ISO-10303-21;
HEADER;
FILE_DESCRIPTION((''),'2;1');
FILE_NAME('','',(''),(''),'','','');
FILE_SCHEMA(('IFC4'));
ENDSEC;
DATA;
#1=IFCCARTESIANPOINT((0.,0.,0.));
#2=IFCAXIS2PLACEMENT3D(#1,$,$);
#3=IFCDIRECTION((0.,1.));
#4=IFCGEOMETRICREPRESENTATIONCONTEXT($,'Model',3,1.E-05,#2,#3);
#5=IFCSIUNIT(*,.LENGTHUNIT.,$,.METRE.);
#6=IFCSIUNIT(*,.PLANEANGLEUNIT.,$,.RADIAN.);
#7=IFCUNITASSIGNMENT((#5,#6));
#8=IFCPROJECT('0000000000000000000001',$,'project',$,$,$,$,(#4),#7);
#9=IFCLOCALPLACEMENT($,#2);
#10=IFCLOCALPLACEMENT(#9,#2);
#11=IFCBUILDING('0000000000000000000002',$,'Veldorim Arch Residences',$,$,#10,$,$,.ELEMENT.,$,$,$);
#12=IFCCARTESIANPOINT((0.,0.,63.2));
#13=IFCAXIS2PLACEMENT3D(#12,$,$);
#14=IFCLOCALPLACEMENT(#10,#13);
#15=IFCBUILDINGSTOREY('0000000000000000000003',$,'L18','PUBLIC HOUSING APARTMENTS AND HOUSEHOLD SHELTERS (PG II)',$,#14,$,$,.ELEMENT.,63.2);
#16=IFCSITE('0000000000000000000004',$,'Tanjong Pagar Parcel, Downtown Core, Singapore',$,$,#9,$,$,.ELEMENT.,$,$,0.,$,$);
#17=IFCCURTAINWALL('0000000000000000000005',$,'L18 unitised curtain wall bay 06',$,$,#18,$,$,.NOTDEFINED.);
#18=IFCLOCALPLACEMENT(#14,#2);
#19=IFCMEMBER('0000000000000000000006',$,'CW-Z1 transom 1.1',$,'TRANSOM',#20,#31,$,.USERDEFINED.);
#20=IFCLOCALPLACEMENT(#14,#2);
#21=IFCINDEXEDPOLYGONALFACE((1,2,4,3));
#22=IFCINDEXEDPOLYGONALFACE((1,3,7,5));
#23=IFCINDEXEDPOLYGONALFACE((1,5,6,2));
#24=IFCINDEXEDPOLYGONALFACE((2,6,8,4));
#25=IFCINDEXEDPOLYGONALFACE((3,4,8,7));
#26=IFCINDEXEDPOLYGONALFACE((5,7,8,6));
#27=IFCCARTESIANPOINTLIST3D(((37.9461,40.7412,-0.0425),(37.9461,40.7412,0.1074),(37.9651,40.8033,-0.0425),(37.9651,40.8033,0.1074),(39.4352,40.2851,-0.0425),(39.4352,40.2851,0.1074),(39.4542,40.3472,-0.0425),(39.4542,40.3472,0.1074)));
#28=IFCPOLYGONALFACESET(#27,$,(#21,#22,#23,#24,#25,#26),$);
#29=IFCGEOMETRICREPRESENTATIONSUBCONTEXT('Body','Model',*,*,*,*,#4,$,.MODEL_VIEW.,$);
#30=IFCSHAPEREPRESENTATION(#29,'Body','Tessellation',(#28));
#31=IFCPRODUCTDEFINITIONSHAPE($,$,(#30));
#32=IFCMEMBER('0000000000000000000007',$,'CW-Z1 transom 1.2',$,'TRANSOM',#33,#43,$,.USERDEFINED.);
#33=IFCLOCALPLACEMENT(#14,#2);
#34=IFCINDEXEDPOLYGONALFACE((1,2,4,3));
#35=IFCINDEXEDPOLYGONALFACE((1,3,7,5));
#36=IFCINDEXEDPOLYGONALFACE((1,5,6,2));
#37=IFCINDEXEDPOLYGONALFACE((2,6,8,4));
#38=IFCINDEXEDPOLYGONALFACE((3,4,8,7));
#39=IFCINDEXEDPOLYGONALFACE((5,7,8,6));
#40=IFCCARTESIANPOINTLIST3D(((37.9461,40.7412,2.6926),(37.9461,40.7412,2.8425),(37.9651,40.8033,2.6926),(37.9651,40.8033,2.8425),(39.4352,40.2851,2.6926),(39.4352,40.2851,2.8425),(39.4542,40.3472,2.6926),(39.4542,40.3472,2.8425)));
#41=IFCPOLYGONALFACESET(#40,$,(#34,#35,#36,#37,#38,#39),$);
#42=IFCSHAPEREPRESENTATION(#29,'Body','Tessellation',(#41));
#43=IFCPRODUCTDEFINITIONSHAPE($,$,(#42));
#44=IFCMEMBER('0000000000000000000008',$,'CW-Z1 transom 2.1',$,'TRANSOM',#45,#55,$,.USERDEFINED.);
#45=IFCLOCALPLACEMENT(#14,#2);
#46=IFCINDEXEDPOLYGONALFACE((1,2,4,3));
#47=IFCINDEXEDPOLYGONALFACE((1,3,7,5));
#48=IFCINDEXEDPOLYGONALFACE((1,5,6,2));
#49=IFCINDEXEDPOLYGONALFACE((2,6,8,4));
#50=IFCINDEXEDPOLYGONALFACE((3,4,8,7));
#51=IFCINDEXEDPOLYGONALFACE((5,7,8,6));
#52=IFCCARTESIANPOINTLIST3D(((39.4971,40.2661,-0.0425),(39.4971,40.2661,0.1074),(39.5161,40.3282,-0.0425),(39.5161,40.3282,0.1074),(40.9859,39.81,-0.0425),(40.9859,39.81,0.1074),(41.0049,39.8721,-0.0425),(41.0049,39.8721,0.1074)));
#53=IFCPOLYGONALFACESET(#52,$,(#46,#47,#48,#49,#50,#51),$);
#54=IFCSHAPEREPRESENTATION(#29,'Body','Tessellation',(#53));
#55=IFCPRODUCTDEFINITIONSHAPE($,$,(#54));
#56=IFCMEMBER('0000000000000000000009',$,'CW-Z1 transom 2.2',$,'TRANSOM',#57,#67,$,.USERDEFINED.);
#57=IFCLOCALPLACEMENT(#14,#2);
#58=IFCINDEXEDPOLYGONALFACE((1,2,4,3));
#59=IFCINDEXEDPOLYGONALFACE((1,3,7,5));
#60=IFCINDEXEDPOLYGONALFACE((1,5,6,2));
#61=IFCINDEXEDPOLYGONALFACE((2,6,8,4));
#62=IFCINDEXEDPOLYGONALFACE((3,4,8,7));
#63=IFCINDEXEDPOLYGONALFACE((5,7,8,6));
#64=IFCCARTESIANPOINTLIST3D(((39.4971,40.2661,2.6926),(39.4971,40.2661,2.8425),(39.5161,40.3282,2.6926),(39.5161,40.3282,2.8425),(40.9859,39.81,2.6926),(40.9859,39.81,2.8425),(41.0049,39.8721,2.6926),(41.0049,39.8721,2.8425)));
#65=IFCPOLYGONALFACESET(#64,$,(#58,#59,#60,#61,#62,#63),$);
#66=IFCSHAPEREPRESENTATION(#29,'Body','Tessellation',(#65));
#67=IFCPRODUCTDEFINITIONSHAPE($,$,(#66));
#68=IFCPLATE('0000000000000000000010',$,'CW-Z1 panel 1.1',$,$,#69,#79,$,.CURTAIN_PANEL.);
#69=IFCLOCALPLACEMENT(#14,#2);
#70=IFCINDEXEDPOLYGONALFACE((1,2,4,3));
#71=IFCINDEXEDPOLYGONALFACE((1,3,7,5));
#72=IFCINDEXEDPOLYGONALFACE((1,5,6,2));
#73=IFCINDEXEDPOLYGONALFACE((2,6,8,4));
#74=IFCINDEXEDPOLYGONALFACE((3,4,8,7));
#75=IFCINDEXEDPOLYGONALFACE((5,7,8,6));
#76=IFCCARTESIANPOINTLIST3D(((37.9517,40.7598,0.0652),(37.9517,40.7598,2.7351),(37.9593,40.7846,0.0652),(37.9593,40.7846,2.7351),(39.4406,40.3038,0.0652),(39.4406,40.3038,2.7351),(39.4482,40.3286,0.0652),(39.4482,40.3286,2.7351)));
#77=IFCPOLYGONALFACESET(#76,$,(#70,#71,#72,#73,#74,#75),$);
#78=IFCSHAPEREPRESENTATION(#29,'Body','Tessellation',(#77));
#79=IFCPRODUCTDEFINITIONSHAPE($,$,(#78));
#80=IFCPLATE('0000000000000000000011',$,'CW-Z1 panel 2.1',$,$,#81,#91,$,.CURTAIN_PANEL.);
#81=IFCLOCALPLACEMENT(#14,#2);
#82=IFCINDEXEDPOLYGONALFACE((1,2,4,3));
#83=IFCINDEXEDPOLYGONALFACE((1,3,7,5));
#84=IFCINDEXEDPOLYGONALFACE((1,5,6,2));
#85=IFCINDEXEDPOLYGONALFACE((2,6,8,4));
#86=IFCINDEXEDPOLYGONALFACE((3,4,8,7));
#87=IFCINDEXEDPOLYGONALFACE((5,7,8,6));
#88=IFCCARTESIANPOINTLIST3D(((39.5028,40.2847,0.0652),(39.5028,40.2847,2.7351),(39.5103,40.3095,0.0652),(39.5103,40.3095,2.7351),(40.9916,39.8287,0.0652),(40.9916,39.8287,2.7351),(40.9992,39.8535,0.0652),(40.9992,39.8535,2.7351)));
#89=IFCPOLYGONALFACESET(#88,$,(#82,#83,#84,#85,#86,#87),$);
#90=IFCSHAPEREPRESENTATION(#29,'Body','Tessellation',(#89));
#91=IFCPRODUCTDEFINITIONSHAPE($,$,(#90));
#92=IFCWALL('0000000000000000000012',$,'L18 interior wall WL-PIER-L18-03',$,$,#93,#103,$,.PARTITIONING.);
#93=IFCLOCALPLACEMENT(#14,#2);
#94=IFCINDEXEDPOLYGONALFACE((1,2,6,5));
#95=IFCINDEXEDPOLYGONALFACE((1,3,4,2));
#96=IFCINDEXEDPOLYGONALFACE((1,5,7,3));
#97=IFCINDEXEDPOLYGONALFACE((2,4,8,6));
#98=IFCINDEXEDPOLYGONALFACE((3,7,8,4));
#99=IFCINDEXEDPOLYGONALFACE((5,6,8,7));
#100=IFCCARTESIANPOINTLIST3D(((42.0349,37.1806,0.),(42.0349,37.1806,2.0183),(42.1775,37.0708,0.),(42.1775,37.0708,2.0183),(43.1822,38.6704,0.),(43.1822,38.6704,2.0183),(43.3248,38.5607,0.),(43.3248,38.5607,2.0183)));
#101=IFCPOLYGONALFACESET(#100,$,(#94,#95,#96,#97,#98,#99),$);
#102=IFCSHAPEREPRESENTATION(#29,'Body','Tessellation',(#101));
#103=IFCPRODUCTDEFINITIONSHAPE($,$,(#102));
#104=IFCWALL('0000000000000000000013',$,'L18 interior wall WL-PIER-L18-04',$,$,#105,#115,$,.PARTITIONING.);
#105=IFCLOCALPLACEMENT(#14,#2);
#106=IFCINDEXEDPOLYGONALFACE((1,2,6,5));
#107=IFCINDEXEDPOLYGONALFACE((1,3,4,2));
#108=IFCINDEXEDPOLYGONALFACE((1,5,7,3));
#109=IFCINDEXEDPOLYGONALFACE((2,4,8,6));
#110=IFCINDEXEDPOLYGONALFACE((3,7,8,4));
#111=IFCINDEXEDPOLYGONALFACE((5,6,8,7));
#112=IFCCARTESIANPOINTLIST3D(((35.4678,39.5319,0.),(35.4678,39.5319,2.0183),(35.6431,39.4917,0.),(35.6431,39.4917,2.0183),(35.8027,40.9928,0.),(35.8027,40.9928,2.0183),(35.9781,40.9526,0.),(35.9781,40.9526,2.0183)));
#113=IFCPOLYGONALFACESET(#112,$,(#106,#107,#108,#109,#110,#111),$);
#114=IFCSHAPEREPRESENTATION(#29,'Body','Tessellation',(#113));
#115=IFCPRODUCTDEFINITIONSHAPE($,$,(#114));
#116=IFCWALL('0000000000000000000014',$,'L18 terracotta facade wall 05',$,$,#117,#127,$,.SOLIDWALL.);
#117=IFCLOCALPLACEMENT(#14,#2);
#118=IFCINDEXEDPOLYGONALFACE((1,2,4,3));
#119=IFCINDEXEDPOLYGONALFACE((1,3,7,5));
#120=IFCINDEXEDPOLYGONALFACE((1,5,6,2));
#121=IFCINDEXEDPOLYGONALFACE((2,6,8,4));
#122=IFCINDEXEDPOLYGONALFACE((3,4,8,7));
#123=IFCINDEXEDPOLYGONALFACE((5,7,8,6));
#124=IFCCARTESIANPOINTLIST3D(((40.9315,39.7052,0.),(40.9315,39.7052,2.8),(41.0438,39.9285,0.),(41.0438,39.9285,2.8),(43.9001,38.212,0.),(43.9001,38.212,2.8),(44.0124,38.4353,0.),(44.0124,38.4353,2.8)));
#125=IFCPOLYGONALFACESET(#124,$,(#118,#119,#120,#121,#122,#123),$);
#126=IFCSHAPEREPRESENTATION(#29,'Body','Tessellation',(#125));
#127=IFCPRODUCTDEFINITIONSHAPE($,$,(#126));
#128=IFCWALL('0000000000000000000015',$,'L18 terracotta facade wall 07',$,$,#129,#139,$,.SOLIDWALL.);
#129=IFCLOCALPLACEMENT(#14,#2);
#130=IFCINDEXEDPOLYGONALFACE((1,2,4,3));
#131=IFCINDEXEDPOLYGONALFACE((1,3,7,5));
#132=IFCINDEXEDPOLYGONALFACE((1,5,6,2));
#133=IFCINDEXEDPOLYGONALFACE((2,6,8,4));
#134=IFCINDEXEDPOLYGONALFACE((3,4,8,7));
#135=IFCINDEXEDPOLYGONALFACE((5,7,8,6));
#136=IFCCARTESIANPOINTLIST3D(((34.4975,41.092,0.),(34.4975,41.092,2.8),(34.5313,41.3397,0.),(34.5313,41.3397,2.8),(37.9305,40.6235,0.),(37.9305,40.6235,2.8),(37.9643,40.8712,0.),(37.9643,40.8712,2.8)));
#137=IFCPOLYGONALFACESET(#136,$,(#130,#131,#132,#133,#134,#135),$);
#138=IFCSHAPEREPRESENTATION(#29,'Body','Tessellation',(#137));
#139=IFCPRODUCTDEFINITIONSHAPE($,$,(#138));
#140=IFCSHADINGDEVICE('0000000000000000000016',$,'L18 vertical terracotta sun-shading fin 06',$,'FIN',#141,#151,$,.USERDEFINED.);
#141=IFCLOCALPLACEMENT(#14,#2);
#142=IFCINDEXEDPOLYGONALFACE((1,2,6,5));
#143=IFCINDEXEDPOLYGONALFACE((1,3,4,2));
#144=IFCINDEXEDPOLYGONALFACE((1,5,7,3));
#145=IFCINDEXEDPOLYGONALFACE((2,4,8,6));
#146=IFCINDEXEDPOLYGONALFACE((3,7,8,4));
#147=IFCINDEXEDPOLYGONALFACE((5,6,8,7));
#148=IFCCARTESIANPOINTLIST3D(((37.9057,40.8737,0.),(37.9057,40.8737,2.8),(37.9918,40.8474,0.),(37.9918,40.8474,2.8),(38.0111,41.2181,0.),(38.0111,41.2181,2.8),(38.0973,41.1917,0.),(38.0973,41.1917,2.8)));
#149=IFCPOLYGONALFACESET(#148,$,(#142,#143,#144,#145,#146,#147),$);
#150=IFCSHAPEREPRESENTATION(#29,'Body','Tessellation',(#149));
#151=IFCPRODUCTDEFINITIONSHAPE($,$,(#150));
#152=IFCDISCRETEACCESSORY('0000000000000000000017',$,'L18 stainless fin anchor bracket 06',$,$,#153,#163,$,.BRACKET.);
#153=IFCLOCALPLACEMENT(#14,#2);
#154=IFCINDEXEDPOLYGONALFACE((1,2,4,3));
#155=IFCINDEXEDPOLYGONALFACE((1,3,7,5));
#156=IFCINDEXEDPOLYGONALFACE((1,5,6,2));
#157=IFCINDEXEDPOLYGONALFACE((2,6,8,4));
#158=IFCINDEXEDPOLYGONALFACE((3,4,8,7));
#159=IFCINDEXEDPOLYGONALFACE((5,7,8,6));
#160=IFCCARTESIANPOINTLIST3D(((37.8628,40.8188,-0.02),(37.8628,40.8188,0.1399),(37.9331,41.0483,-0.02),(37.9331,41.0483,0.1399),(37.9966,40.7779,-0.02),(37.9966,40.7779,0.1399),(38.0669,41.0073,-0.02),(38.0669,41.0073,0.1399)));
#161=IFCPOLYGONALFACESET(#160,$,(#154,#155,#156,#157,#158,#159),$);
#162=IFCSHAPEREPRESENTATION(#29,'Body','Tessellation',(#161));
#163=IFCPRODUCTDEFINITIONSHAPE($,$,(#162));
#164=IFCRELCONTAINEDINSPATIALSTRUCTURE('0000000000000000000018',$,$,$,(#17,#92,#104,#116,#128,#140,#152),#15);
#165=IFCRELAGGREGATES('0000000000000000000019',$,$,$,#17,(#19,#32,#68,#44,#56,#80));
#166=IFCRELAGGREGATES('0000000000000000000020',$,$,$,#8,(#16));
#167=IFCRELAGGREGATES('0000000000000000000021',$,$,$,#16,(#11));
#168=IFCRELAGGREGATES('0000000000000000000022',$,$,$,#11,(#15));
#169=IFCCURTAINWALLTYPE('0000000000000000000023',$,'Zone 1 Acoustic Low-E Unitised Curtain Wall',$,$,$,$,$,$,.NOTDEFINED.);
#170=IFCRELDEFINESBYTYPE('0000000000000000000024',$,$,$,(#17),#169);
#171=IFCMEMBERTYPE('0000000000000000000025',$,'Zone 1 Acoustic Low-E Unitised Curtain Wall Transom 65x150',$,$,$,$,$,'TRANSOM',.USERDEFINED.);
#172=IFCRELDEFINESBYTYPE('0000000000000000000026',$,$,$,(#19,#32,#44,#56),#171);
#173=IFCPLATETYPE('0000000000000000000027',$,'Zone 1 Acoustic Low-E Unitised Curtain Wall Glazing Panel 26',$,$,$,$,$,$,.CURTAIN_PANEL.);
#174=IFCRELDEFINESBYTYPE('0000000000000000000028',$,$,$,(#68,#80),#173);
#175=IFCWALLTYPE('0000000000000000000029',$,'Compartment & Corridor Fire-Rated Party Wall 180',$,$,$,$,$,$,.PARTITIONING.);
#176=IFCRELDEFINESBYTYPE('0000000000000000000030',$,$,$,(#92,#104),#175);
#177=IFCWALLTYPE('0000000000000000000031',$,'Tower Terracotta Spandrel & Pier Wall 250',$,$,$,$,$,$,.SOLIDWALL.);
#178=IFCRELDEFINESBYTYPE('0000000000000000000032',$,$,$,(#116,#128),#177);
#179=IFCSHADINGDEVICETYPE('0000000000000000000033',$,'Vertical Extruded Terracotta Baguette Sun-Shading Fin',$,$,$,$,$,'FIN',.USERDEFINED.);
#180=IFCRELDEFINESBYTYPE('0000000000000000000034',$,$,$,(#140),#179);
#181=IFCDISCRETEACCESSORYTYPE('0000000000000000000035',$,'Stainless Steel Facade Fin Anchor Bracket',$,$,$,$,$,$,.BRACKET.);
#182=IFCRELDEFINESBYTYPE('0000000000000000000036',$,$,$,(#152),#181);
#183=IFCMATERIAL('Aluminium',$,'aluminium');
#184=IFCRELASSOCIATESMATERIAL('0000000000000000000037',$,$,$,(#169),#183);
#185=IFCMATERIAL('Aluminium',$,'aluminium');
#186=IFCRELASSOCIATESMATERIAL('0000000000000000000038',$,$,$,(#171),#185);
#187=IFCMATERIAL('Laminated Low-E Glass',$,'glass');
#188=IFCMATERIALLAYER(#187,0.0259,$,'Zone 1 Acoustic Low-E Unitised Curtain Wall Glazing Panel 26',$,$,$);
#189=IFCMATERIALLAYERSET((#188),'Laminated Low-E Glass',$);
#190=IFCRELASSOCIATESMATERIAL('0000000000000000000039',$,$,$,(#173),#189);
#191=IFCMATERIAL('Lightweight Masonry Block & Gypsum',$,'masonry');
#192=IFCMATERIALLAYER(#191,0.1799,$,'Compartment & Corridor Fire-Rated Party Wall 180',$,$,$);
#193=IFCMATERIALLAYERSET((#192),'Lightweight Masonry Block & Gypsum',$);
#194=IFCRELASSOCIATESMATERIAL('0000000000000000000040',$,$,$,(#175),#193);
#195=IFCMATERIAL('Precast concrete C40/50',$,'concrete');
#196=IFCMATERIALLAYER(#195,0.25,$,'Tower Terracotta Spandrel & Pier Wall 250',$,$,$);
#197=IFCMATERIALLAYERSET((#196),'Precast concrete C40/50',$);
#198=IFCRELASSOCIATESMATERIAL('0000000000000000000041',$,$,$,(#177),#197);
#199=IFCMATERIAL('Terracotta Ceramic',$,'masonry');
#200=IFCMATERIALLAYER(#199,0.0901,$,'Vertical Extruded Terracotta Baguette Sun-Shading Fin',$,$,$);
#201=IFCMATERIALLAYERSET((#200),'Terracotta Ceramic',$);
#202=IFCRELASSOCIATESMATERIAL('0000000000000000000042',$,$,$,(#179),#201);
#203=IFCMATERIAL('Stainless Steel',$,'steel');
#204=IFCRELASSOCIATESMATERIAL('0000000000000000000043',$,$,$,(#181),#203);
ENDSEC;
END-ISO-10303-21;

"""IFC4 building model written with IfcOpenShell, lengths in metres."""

from ifc_helpers import new_model, si_unit, direction, frame, frame_2d, origin, origin_2d, place, context, subcontext, project, spatial, rectangle, extrude, material, layer, layer_set, material_profile, profile_set, type_object, element, aggregate, save


model = new_model("IFC4")

# Units and contexts
model_context = context("Model", 3, precision=1e-05, world=origin(), true_north=direction((0.0, 1.0)))
body_context = subcontext(model_context, "Body", "Model", "MODEL_VIEW")
ifc_project = project(units=[si_unit("LENGTHUNIT", "METRE"), si_unit("PLANEANGLEUNIT", "RADIAN")], contexts=[model_context])

# Site, building, storey
site_placement = place(None, origin())
site = spatial("IfcSite", under=ifc_project, at=site_placement, Name="Tanjong Pagar Parcel, Downtown Core, Singapore", CompositionType="ELEMENT", RefElevation=0.0)
building_placement = place(site_placement, origin())
building = spatial("IfcBuilding", under=site, at=building_placement, Name="Veldorim Arch Residences", CompositionType="ELEMENT")
storey_placement = place(building_placement, frame((0.0, 0.0, 63.2)))
storey = spatial("IfcBuildingStorey", under=building, at=storey_placement, Name="L18", Description="PUBLIC HOUSING APARTMENTS AND HOUSEHOLD SHELTERS (PG II)", CompositionType="ELEMENT", Elevation=63.2)

# Curtain wall, members, plates
ifc_material_1 = material(Name="Aluminium", Category="aluminium")
curtain_wall_type = type_object("IfcCurtainWallType", Name="Zone 1 Acoustic Low-E Unitised Curtain Wall", PredefinedType="NOTDEFINED", material=ifc_material_1)
curtain_wall_placement = place(storey_placement, origin())
curtain_wall = element("IfcCurtainWall", 1, at=curtain_wall_placement, inside=storey, type_object=curtain_wall_type, Name="L18 unitised curtain wall bay 06", PredefinedType="NOTDEFINED")
ifc_material_2 = material(Name="Aluminium", Category="aluminium")
ifc_material_profile_1 = material_profile(ifc_material_2, rectangle(XDim=0.0649, YDim=0.1499, at=origin_2d()), Name="ALU_TRN_65x150")
ifc_profile_set_1 = profile_set([ifc_material_profile_1], Name="Aluminium")
member_type_1 = type_object("IfcMemberType", Name="Zone 1 Acoustic Low-E Unitised Curtain Wall Transom 65x150", ElementType="TRANSOM", PredefinedType="USERDEFINED", material=ifc_profile_set_1)
member_1_placement = place(storey_placement, frame((37.9556, 40.7722, 0.0325), z_axis=(0.956158, -0.292852, 0.0), x_axis=(0.292852, 0.956158, 0.0)))
member_1 = element("IfcMember", 2, at=member_1_placement, type_object=member_type_1, Name="CW-Z1 transom 1.1", ObjectType="TRANSOM", PredefinedType="USERDEFINED", context=body_context, shape_type="SweptSolid", body=[
    extrude(rectangle(XDim=0.0649, YDim=0.1499, at=origin_2d()), origin(), (0.0, 0.0, 1.0), 1.5574),
])
member_2_placement = place(storey_placement, frame((37.9556, 40.7722, 2.7676), z_axis=(0.956158, -0.292852, 0.0), x_axis=(0.292852, 0.956158, 0.0)))
member_2 = element("IfcMember", 3, at=member_2_placement, type_object=member_type_1, Name="CW-Z1 transom 1.2", ObjectType="TRANSOM", PredefinedType="USERDEFINED", context=body_context, shape_type="SweptSolid", body=[
    extrude(rectangle(XDim=0.0649, YDim=0.1499, at=origin_2d()), origin(), (0.0, 0.0, 1.0), 1.5574),
])
member_3_placement = place(storey_placement, frame((39.5066, 40.2971, 0.0325), z_axis=(0.956144, -0.292896, 0.0), x_axis=(0.292896, 0.956144, 0.0)))
member_3 = element("IfcMember", 4, at=member_3_placement, type_object=member_type_1, Name="CW-Z1 transom 2.1", ObjectType="TRANSOM", PredefinedType="USERDEFINED", context=body_context, shape_type="SweptSolid", body=[
    extrude(rectangle(XDim=0.0649, YDim=0.1499, at=origin_2d()), origin(), (0.0, 0.0, 1.0), 1.5571),
])
member_4_placement = place(storey_placement, frame((39.5066, 40.2971, 2.7676), z_axis=(0.956144, -0.292896, 0.0), x_axis=(0.292896, 0.956144, 0.0)))
member_4 = element("IfcMember", 5, at=member_4_placement, type_object=member_type_1, Name="CW-Z1 transom 2.2", ObjectType="TRANSOM", PredefinedType="USERDEFINED", context=body_context, shape_type="SweptSolid", body=[
    extrude(rectangle(XDim=0.0649, YDim=0.1499, at=origin_2d()), origin(), (0.0, 0.0, 1.0), 1.5571),
])
ifc_material_3 = material(Name="Laminated Low-E Glass", Category="glass")
ifc_layer_1 = layer(ifc_material_3, 0.0259, Name="Zone 1 Acoustic Low-E Unitised Curtain Wall Glazing Panel 26")
ifc_layer_set_1 = layer_set([ifc_layer_1], Name="Laminated Low-E Glass")
plate_type = type_object("IfcPlateType", Name="Zone 1 Acoustic Low-E Unitised Curtain Wall Glazing Panel 26", PredefinedType="CURTAIN_PANEL", material=ifc_layer_set_1)
plate_1_placement = place(storey_placement, frame((38.7, 40.5442, 0.0652), z_axis=(0.0, 0.0, 1.0), x_axis=(0.956158, -0.292852, 0.0)))
plate_1 = element("IfcPlate", 6, at=plate_1_placement, type_object=plate_type, Name="CW-Z1 panel 1.1", PredefinedType="CURTAIN_PANEL", context=body_context, shape_type="SweptSolid", body=[
    extrude(rectangle(XDim=1.5571, YDim=0.0259, at=origin_2d()), origin(), (0.0, 0.0, 1.0), 2.6699),
])
plate_2_placement = place(storey_placement, frame((40.251, 40.0691, 0.0652), z_axis=(0.0, 0.0, 1.0), x_axis=(0.956158, -0.292852, 0.0)))
plate_2 = element("IfcPlate", 7, at=plate_2_placement, type_object=plate_type, Name="CW-Z1 panel 2.1", PredefinedType="CURTAIN_PANEL", context=body_context, shape_type="SweptSolid", body=[
    extrude(rectangle(XDim=1.5571, YDim=0.0259, at=origin_2d()), origin(), (0.0, 0.0, 1.0), 2.6699),
])
aggregate(curtain_wall, [member_1, member_2, plate_1, member_3, member_4, plate_2])

# Walls
ifc_material_4 = material(Name="Lightweight Masonry Block & Gypsum", Category="masonry")
ifc_layer_2 = layer(ifc_material_4, 0.1799, Name="Compartment & Corridor Fire-Rated Party Wall 180")
ifc_layer_set_2 = layer_set([ifc_layer_2], Name="Lightweight Masonry Block & Gypsum")
wall_type_1 = type_object("IfcWallType", Name="Compartment & Corridor Fire-Rated Party Wall 180", PredefinedType="PARTITIONING", material=ifc_layer_set_2)
wall_1_placement = place(storey_placement, frame((42.1062, 37.1257, 0.0), z_axis=(0.0, 0.0, 1.0), x_axis=(0.610131, 0.7923, 0.0)))
element("IfcWall", 8, at=wall_1_placement, inside=storey, type_object=wall_type_1, Name="L18 interior wall WL-PIER-L18-03", PredefinedType="PARTITIONING", context=body_context, shape_type="SweptSolid", body=[
    extrude(rectangle(XDim=1.8804, YDim=0.1799, at=frame_2d((0.9402, 0.0))), origin(), (0.0, 0.0, 1.0), 2.0183),
])
wall_2_placement = place(storey_placement, frame((35.5554, 39.5117, 0.0), z_axis=(0.0, 0.0, 1.0), x_axis=(0.223479, 0.974709, 0.0)))
element("IfcWall", 9, at=wall_2_placement, inside=storey, type_object=wall_type_1, Name="L18 interior wall WL-PIER-L18-04", PredefinedType="PARTITIONING", context=body_context, shape_type="SweptSolid", body=[
    extrude(rectangle(XDim=1.4988, YDim=0.1799, at=frame_2d((0.7495, 0.0))), origin(), (0.0, 0.0, 1.0), 2.0183),
])
ifc_material_5 = material(Name="Precast concrete C40/50", Category="concrete")
ifc_layer_3 = layer(ifc_material_5, 0.25, Name="Tower Terracotta Spandrel & Pier Wall 250")
ifc_layer_set_3 = layer_set([ifc_layer_3], Name="Precast concrete C40/50")
wall_type_2 = type_object("IfcWallType", Name="Tower Terracotta Spandrel & Pier Wall 250", PredefinedType="SOLIDWALL", material=ifc_layer_set_3)
wall_3_placement = place(storey_placement, frame((40.9875, 39.8169, 0.0), z_axis=(0.0, 0.0, 1.0), x_axis=(0.893352, -0.449358, 0.0)))
element("IfcWall", 10, at=wall_3_placement, inside=storey, type_object=wall_type_2, Name="L18 terracotta facade wall 05", PredefinedType="SOLIDWALL", context=body_context, shape_type="SweptSolid", body=[
    extrude(rectangle(XDim=3.323, YDim=0.25, at=frame_2d((1.6616, 0.0))), origin(), (0.0, 0.0, 1.0), 2.8),
])
wall_4_placement = place(storey_placement, frame((34.5144, 41.2158, 0.0), z_axis=(0.0, 0.0, 1.0), x_axis=(0.990816, -0.135214, 0.0)))
element("IfcWall", 11, at=wall_4_placement, inside=storey, type_object=wall_type_2, Name="L18 terracotta facade wall 07", PredefinedType="SOLIDWALL", context=body_context, shape_type="SweptSolid", body=[
    extrude(rectangle(XDim=3.4648, YDim=0.25, at=frame_2d((1.7324, 0.0))), origin(), (0.0, 0.0, 1.0), 2.8),
])

# Shading device
ifc_material_6 = material(Name="Terracotta Ceramic", Category="masonry")
ifc_layer_4 = layer(ifc_material_6, 0.0901, Name="Vertical Extruded Terracotta Baguette Sun-Shading Fin")
ifc_layer_set_4 = layer_set([ifc_layer_4], Name="Terracotta Ceramic")
shading_device_type = type_object("IfcShadingDeviceType", Name="Vertical Extruded Terracotta Baguette Sun-Shading Fin", ElementType="FIN", PredefinedType="USERDEFINED", material=ifc_layer_set_4)
shading_device_placement = place(storey_placement, frame((38.0015, 41.0327, 0.0), z_axis=(0.0, 0.0, 1.0), x_axis=(0.956152, -0.292872, 0.0)))
element("IfcShadingDevice", 12, at=shading_device_placement, inside=storey, type_object=shading_device_type, Name="L18 vertical terracotta sun-shading fin 06", ObjectType="FIN", PredefinedType="USERDEFINED", context=body_context, shape_type="SweptSolid", body=[
    extrude(rectangle(XDim=0.0901, YDim=0.3601, at=origin_2d()), origin(), (0.0, 0.0, 1.0), 2.8),
])

# Discrete accessory
ifc_material_7 = material(Name="Stainless Steel", Category="steel")
discrete_accessory_type = type_object("IfcDiscreteAccessoryType", Name="Stainless Steel Facade Fin Anchor Bracket", PredefinedType="BRACKET", material=ifc_material_7)
discrete_accessory_placement = place(storey_placement, frame((37.9648, 40.9131, -0.02), z_axis=(0.0, 0.0, 1.0), x_axis=(0.956152, -0.292872, 0.0)))
element("IfcDiscreteAccessory", 13, at=discrete_accessory_placement, inside=storey, type_object=discrete_accessory_type, Name="L18 stainless fin anchor bracket 06", PredefinedType="BRACKET", context=body_context, shape_type="SweptSolid", body=[
    extrude(rectangle(XDim=0.1399, YDim=0.24, at=origin_2d()), origin(), (0.0, 0.0, 1.0), 0.1599),
])

save(model, "model.ifc")
